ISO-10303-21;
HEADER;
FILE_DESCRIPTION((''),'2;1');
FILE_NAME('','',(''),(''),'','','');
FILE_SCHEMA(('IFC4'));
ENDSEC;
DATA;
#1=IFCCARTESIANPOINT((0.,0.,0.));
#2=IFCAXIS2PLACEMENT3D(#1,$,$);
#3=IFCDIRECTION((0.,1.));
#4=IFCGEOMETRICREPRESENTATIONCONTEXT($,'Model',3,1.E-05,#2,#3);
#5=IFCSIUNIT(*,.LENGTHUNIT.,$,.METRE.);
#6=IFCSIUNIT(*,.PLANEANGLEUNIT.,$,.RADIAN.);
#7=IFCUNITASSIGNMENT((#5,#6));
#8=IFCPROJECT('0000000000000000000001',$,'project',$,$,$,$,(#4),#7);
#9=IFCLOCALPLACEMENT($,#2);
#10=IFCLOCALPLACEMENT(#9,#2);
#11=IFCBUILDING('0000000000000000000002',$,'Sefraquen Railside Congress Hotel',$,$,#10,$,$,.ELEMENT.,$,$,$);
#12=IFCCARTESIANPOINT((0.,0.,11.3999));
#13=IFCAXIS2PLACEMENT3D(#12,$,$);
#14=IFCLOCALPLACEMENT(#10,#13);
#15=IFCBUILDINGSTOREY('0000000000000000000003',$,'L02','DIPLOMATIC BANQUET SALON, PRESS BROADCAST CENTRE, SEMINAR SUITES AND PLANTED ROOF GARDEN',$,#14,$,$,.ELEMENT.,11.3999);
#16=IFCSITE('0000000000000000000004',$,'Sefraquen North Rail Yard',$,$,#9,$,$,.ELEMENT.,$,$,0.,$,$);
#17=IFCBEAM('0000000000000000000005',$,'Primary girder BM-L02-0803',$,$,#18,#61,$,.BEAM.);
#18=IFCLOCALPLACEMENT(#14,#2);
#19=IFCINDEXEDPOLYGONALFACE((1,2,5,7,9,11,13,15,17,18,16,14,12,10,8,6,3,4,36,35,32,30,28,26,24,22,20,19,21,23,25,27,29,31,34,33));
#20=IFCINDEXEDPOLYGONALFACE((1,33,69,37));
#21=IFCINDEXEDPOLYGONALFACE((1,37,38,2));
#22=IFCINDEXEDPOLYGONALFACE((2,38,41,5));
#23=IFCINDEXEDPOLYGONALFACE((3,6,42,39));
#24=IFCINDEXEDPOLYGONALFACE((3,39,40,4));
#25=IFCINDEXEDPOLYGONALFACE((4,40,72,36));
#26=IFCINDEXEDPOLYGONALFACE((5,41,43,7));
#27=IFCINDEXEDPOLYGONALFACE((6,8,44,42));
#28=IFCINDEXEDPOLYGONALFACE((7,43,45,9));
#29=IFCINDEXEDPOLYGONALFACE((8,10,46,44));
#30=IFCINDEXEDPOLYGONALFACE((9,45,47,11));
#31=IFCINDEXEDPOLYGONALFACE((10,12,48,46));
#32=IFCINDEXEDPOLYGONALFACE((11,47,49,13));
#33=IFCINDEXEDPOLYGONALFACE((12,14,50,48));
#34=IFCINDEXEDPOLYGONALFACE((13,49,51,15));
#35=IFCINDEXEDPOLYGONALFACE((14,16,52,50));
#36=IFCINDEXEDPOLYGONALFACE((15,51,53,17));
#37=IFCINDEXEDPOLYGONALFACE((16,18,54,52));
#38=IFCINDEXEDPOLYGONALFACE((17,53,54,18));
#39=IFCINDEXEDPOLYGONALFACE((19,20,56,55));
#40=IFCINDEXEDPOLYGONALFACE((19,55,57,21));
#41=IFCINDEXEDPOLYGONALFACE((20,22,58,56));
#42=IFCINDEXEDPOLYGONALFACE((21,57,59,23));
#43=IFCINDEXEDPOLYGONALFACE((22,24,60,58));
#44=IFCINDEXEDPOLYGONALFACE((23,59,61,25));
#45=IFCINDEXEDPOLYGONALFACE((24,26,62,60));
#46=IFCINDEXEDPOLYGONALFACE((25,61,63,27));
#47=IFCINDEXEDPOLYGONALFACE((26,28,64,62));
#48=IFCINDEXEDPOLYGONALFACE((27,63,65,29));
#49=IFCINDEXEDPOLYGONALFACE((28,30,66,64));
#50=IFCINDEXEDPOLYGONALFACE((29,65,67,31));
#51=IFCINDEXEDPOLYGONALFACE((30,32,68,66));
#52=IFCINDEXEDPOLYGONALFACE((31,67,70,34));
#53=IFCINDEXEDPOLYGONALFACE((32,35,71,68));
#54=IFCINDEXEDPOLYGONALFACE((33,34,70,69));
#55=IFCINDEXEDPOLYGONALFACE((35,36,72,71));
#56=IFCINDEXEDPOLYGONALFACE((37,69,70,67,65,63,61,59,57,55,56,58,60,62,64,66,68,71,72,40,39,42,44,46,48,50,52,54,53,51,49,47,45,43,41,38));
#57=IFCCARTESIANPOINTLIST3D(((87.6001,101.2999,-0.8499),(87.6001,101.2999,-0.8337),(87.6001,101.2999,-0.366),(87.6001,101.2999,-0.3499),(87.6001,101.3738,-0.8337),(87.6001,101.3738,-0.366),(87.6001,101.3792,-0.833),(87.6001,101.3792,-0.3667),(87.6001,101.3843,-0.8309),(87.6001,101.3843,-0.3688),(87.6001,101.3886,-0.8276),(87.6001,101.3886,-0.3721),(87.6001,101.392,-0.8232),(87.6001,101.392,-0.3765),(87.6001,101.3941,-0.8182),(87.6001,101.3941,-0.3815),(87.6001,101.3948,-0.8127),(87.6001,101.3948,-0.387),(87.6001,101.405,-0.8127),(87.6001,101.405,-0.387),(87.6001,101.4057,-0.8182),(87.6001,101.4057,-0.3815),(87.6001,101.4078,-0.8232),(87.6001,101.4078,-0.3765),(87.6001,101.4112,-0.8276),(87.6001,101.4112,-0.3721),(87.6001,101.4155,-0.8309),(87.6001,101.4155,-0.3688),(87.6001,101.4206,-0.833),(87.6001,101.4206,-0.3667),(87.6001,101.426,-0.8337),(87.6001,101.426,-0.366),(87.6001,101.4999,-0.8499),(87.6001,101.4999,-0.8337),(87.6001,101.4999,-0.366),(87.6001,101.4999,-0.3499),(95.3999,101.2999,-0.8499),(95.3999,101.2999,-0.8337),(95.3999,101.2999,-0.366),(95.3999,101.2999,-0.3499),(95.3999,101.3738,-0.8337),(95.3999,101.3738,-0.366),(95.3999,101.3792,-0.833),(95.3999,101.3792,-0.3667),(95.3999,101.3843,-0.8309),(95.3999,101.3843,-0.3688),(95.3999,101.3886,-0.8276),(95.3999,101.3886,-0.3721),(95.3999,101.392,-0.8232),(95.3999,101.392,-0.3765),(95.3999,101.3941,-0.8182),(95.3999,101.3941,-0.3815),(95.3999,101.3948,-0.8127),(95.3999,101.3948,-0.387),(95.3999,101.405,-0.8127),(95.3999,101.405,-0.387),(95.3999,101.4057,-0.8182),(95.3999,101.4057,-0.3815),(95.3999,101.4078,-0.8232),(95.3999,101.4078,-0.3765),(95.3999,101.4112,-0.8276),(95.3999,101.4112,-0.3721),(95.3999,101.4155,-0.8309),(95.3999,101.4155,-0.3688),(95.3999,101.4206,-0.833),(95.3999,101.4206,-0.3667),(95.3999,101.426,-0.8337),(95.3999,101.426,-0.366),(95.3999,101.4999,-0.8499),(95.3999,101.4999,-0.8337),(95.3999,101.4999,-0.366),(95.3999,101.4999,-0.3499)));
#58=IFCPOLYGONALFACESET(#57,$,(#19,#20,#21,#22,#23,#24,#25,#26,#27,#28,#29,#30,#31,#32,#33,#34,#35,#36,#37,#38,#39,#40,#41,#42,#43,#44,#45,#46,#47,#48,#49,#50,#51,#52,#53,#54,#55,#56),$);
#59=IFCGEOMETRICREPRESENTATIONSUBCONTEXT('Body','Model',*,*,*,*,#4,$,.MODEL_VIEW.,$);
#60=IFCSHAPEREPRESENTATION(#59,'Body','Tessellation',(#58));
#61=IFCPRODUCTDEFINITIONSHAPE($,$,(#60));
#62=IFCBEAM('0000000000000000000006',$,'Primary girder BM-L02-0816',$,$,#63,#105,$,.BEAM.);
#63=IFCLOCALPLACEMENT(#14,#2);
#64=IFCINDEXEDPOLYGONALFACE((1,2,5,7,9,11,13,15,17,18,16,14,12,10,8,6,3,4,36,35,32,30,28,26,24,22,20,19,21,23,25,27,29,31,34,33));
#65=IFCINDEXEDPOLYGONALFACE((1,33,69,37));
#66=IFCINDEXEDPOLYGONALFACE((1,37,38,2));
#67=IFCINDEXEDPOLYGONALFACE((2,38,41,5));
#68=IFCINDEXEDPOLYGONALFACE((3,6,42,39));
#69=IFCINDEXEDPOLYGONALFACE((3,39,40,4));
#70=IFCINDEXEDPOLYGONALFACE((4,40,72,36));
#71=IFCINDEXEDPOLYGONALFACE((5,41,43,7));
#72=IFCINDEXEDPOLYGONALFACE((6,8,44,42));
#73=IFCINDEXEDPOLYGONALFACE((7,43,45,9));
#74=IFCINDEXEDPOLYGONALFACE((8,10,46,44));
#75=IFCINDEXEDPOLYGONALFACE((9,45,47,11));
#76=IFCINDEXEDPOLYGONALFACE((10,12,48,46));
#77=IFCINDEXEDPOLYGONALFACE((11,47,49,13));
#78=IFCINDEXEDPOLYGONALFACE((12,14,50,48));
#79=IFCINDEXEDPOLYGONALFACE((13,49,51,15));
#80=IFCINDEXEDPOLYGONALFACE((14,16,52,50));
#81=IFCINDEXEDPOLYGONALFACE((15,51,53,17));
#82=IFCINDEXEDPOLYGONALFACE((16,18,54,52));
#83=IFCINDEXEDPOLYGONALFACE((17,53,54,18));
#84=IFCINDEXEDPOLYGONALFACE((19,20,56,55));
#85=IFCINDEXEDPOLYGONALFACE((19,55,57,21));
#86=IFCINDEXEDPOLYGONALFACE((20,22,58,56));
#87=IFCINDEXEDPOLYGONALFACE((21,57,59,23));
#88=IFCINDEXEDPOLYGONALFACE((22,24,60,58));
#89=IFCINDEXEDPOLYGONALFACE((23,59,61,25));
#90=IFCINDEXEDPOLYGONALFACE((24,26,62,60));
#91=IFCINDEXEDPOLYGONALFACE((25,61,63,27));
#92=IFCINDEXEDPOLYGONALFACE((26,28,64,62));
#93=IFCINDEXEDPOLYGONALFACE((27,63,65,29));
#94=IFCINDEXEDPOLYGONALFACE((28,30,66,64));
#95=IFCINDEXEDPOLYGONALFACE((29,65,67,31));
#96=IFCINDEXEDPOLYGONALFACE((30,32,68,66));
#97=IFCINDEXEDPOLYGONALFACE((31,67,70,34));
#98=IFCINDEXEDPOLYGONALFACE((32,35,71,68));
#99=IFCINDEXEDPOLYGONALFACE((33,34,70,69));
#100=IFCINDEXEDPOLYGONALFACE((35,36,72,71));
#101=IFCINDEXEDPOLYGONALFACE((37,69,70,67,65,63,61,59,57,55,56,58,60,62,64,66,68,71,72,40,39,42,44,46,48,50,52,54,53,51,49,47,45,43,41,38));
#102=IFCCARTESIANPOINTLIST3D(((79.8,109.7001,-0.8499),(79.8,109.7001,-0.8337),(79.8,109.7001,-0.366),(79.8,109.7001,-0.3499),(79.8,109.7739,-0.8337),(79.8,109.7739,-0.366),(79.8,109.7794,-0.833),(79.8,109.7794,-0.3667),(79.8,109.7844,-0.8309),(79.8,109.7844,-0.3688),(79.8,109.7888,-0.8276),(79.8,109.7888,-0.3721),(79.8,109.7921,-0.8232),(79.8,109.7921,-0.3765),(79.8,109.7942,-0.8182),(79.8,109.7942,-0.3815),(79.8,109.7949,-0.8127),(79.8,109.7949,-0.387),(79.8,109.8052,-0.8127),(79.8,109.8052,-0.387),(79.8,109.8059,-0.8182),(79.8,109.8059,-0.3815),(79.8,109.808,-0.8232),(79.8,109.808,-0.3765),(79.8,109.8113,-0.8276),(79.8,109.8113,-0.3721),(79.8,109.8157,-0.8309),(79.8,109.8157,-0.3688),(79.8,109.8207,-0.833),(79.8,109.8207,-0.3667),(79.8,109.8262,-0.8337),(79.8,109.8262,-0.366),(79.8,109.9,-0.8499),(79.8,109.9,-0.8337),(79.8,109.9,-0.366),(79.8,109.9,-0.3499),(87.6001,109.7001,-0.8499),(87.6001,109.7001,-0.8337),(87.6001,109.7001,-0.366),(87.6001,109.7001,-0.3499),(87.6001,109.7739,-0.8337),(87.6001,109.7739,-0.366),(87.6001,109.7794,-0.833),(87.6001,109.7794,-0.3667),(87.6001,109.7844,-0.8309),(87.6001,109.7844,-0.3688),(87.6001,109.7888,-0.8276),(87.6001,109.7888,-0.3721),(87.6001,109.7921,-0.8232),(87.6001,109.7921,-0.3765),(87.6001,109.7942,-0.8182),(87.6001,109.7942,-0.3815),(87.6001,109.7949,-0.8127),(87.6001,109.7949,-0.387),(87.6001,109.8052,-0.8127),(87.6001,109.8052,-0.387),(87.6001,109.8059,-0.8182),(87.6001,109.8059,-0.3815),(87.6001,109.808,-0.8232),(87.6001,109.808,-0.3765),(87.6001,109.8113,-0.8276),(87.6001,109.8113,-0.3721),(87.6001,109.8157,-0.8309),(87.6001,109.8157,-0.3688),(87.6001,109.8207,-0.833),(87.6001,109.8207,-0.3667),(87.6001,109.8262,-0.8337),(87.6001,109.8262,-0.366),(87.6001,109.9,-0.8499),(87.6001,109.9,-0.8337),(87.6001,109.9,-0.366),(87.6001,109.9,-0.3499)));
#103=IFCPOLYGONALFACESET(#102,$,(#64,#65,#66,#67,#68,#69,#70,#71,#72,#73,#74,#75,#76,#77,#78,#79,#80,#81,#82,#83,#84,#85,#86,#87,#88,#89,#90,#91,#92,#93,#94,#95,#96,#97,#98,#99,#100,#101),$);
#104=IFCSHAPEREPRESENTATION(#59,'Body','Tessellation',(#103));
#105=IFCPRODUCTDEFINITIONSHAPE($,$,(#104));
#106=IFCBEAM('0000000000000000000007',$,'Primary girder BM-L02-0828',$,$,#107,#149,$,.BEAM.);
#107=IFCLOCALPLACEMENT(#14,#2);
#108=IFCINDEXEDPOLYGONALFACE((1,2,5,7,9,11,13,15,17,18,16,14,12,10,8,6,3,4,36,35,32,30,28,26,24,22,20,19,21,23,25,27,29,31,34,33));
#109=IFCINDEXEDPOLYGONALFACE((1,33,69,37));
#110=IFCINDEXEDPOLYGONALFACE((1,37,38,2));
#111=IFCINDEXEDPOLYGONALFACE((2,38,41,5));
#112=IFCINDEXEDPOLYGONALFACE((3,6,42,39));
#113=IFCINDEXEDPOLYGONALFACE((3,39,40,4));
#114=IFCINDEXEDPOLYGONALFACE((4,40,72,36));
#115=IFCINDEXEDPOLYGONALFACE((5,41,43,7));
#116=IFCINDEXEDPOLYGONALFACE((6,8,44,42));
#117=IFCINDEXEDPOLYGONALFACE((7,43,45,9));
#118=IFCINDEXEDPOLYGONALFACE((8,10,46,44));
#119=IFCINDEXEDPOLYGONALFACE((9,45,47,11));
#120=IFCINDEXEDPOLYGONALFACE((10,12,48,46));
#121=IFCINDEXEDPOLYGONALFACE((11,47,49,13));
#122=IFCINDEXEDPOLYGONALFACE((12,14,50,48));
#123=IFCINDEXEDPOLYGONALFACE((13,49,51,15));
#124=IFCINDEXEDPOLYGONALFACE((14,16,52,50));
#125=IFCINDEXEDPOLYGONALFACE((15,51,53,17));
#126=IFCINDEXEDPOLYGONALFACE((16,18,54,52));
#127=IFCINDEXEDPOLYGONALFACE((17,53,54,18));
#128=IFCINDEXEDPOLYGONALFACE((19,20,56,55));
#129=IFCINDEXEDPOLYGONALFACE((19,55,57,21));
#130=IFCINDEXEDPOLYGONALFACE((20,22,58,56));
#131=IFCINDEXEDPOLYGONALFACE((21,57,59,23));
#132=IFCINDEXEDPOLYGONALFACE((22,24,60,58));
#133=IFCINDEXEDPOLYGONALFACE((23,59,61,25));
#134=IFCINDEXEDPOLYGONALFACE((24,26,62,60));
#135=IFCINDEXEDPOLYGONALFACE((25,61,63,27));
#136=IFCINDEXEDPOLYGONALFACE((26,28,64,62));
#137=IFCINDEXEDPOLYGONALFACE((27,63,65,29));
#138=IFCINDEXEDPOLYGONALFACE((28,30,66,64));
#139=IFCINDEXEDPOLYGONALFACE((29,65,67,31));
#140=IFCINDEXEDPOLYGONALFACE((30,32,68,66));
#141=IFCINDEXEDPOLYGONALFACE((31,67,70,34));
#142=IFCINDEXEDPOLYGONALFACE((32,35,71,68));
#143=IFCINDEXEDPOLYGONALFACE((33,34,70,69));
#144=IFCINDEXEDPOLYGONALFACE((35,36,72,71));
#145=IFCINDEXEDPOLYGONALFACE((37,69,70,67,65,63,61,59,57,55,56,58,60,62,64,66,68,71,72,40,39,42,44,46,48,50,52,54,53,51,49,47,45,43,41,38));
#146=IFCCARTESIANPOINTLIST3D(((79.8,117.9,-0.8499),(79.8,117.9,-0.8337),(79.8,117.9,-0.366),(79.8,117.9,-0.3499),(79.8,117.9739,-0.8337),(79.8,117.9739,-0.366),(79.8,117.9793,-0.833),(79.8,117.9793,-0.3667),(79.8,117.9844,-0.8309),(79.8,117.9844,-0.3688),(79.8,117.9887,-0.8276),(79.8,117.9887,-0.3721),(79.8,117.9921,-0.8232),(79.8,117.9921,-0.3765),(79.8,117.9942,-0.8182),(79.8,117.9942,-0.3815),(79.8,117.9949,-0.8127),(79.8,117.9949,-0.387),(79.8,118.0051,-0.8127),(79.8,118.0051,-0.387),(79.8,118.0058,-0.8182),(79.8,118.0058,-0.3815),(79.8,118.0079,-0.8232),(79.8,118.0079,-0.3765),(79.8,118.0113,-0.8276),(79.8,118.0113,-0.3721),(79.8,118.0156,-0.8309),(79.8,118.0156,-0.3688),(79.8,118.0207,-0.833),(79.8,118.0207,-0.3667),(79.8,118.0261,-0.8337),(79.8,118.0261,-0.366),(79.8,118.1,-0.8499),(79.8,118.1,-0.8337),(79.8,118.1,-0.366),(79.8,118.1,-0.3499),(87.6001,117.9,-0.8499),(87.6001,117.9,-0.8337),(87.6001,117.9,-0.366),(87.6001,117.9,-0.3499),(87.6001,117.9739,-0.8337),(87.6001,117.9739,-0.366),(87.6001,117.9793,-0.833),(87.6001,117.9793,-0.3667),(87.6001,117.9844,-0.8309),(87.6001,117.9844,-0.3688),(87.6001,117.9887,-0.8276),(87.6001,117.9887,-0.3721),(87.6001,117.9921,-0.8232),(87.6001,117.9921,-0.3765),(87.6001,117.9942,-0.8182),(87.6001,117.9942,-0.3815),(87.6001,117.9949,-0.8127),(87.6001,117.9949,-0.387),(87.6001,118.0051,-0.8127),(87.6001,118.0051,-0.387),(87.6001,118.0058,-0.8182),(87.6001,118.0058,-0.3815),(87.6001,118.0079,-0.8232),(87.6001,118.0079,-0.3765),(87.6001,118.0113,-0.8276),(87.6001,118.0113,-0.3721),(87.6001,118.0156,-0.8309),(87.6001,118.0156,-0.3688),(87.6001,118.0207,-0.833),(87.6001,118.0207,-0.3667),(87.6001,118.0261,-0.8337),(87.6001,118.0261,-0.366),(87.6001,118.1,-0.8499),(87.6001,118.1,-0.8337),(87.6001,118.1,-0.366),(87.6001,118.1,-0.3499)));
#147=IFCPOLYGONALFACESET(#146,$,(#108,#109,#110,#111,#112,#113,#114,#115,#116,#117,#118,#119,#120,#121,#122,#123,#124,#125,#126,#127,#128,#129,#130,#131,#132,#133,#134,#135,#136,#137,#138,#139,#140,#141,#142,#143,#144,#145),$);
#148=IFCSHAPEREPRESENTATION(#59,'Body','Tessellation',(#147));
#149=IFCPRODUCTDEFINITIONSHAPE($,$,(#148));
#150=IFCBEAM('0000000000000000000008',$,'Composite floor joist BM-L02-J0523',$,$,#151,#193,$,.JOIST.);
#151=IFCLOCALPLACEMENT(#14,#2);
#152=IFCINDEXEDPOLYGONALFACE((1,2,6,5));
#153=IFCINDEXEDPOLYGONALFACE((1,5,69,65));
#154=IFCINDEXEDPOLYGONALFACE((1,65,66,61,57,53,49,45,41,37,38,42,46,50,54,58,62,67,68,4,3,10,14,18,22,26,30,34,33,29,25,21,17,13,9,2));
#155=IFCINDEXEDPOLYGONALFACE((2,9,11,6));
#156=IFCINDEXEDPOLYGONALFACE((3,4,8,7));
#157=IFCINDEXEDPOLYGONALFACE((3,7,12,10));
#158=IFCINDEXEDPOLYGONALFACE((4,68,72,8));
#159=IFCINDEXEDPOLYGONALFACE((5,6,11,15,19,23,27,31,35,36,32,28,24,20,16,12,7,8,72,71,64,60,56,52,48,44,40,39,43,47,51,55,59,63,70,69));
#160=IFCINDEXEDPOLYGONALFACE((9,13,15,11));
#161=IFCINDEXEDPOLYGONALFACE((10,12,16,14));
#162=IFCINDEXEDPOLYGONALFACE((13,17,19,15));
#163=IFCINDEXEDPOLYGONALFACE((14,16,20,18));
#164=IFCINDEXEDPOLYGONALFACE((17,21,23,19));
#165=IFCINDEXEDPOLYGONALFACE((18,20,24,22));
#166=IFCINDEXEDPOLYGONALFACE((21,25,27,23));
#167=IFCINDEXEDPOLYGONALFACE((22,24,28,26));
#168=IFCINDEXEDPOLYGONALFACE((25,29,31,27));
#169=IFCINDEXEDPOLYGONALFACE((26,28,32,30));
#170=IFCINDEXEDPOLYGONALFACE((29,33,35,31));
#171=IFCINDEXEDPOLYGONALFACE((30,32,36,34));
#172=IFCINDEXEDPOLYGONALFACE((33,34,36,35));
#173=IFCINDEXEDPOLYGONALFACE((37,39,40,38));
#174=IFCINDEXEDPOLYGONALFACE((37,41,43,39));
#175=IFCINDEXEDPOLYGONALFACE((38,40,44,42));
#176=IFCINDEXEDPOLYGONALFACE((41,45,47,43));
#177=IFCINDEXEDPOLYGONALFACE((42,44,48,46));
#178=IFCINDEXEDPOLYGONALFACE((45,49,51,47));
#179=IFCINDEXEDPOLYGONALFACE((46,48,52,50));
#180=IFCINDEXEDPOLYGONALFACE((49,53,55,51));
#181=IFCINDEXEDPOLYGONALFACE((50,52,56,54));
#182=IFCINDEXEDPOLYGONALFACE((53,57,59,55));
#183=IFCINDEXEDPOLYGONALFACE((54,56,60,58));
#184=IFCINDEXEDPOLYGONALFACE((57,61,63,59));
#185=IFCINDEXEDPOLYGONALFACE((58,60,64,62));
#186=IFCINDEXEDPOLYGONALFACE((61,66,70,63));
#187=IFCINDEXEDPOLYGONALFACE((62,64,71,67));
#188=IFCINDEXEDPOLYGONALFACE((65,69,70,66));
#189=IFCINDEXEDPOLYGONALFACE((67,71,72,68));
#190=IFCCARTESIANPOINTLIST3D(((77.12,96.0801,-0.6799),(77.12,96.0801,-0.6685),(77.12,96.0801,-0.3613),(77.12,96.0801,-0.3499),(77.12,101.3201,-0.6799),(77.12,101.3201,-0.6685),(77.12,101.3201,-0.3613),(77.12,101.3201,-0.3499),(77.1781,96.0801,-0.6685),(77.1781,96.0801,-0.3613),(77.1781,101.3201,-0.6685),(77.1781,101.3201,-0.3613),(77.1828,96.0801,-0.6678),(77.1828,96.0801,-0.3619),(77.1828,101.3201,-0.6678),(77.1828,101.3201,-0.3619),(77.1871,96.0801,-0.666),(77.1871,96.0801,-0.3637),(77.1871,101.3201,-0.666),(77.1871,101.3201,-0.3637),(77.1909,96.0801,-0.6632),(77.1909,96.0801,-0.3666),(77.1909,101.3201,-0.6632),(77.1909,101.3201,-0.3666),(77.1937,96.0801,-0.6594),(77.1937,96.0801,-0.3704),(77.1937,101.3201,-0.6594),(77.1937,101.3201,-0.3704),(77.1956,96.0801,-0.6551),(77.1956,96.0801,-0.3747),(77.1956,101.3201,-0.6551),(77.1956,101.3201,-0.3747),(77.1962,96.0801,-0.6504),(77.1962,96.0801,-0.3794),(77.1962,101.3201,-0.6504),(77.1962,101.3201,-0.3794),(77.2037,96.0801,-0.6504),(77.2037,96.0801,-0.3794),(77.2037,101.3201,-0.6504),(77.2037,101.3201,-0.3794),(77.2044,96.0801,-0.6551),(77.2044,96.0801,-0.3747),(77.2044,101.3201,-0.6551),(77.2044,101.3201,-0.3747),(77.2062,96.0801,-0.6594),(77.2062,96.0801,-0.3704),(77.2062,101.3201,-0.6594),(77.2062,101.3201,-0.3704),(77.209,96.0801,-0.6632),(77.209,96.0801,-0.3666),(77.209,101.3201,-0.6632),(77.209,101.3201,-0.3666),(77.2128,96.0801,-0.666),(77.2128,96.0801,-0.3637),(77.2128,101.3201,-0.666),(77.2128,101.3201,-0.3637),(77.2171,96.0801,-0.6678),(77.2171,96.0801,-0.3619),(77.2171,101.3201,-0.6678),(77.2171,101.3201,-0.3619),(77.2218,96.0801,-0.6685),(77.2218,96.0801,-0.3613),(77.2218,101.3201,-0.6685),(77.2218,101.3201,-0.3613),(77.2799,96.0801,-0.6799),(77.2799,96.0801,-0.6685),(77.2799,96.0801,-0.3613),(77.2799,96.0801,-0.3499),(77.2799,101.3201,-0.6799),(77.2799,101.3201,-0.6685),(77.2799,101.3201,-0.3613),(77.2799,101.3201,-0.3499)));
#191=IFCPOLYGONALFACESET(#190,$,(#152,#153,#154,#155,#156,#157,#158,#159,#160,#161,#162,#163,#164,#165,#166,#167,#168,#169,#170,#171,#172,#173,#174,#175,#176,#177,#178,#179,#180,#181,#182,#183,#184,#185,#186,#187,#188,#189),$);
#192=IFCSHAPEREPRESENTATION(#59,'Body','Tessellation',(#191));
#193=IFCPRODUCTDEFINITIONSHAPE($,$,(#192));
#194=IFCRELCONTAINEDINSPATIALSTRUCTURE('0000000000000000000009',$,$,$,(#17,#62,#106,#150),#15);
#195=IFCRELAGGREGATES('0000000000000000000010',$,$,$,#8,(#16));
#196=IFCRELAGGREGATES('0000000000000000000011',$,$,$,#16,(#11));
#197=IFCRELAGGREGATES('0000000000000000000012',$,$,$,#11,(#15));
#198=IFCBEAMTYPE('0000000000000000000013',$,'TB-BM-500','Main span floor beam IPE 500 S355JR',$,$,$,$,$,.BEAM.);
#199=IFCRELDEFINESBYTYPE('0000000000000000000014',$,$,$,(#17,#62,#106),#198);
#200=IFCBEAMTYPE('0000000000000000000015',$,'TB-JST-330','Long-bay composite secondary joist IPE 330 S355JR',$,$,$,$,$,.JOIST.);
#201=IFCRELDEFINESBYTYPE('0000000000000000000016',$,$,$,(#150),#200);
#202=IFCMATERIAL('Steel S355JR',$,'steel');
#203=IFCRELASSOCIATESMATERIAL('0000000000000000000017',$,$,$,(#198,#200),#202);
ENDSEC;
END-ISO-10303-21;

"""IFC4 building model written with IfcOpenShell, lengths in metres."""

from ifc_helpers import new_model, si_unit, direction, frame, origin, origin_2d, place, context, subcontext, project, spatial, i_section, extrude, material, material_profile, profile_set, type_object, element, save


model = new_model("IFC4")

# Units and contexts
model_context = context("Model", 3, precision=1e-05, world=origin(), true_north=direction((0.0, 1.0)))
body_context = subcontext(model_context, "Body", "Model", "MODEL_VIEW")
ifc_project = project(units=[si_unit("LENGTHUNIT", "METRE"), si_unit("PLANEANGLEUNIT", "RADIAN")], contexts=[model_context])

# Site, building, storey
site_placement = place(None, origin())
site = spatial("IfcSite", under=ifc_project, at=site_placement, Name="Sefraquen North Rail Yard", CompositionType="ELEMENT", RefElevation=0.0)
building_placement = place(site_placement, origin())
building = spatial("IfcBuilding", under=site, at=building_placement, Name="Sefraquen Railside Congress Hotel", CompositionType="ELEMENT")
storey_placement = place(building_placement, frame((0.0, 0.0, 11.3999)))
storey = spatial("IfcBuildingStorey", under=building, at=storey_placement, Name="L02", Description="DIPLOMATIC BANQUET SALON, PRESS BROADCAST CENTRE, SEMINAR SUITES AND PLANTED ROOF GARDEN", CompositionType="ELEMENT", Elevation=11.3999)

# Shared definitions
ifc_material_1 = material(Name="Steel S355JR", Category="steel")

# Beams
ifc_material_profile_1 = material_profile(ifc_material_1, i_section(OverallWidth=0.2, OverallDepth=0.5, WebThickness=0.0103, FlangeThickness=0.0161, FilletRadius=0.021, at=origin_2d()), Name="IPE 500")
ifc_profile_set_1 = profile_set([ifc_material_profile_1], Name="Steel S355JR")
beam_type_1 = type_object("IfcBeamType", Name="TB-BM-500", Description="Main span floor beam IPE 500 S355JR", PredefinedType="BEAM", material=ifc_profile_set_1)
beam_1_placement = place(storey_placement, frame((87.6001, 101.3999, -0.5999), z_axis=(1.0, 0.0, 0.0), x_axis=(0.0, 1.0, 0.0)))
element("IfcBeam", 1, at=beam_1_placement, inside=storey, type_object=beam_type_1, Name="Primary girder BM-L02-0803", PredefinedType="BEAM", context=body_context, shape_type="SweptSolid", body=[
    extrude(i_section(OverallWidth=0.2, OverallDepth=0.5, WebThickness=0.0103, FlangeThickness=0.0161, FilletRadius=0.021, at=origin_2d()), origin(), (0.0, 0.0, 1.0), 7.7998),
])
for number, where, z_axis, x_axis, name in (
    (2, (79.8, 109.8, -0.5999), (1.0, 0.0, 0.0), (0.0, 1.0, 0.0), "Primary girder BM-L02-0816"),
    (3, (79.8, 118.0, -0.5999), (1.0, 0.0, 0.0), (0.0, 1.0, 0.0), "Primary girder BM-L02-0828"),
):
    element("IfcBeam", number, at=place(storey_placement, frame(where, z_axis=z_axis, x_axis=x_axis)), inside=storey, type_object=beam_type_1, Name=name, PredefinedType="BEAM", context=body_context, shape_type="SweptSolid", body=[
        extrude(i_section(OverallWidth=0.2, OverallDepth=0.5, WebThickness=0.0103, FlangeThickness=0.0161, FilletRadius=0.021, at=origin_2d()), origin(), (0.0, 0.0, 1.0), 7.8),
    ])
ifc_material_profile_2 = material_profile(ifc_material_1, i_section(OverallWidth=0.1599, OverallDepth=0.3301, WebThickness=0.0076, FlangeThickness=0.0115, FilletRadius=0.0181, at=origin_2d()), Name="IPE 330")
ifc_profile_set_2 = profile_set([ifc_material_profile_2], Name="Steel S355JR")
beam_type_2 = type_object("IfcBeamType", Name="TB-JST-330", Description="Long-bay composite secondary joist IPE 330 S355JR", PredefinedType="JOIST", material=ifc_profile_set_2)
beam_2_placement = place(storey_placement, frame((77.2, 96.0801, -0.5149), z_axis=(0.0, 1.0, 0.0), x_axis=(-1.0, 0.0, 0.0)))
element("IfcBeam", 4, at=beam_2_placement, inside=storey, type_object=beam_type_2, Name="Composite floor joist BM-L02-J0523", PredefinedType="JOIST", context=body_context, shape_type="SweptSolid", body=[
    extrude(i_section(OverallWidth=0.1599, OverallDepth=0.3301, WebThickness=0.0076, FlangeThickness=0.0115, FilletRadius=0.0181, at=origin_2d()), origin(), (0.0, 0.0, 1.0), 5.24),
])

save(model, "model.ifc")
